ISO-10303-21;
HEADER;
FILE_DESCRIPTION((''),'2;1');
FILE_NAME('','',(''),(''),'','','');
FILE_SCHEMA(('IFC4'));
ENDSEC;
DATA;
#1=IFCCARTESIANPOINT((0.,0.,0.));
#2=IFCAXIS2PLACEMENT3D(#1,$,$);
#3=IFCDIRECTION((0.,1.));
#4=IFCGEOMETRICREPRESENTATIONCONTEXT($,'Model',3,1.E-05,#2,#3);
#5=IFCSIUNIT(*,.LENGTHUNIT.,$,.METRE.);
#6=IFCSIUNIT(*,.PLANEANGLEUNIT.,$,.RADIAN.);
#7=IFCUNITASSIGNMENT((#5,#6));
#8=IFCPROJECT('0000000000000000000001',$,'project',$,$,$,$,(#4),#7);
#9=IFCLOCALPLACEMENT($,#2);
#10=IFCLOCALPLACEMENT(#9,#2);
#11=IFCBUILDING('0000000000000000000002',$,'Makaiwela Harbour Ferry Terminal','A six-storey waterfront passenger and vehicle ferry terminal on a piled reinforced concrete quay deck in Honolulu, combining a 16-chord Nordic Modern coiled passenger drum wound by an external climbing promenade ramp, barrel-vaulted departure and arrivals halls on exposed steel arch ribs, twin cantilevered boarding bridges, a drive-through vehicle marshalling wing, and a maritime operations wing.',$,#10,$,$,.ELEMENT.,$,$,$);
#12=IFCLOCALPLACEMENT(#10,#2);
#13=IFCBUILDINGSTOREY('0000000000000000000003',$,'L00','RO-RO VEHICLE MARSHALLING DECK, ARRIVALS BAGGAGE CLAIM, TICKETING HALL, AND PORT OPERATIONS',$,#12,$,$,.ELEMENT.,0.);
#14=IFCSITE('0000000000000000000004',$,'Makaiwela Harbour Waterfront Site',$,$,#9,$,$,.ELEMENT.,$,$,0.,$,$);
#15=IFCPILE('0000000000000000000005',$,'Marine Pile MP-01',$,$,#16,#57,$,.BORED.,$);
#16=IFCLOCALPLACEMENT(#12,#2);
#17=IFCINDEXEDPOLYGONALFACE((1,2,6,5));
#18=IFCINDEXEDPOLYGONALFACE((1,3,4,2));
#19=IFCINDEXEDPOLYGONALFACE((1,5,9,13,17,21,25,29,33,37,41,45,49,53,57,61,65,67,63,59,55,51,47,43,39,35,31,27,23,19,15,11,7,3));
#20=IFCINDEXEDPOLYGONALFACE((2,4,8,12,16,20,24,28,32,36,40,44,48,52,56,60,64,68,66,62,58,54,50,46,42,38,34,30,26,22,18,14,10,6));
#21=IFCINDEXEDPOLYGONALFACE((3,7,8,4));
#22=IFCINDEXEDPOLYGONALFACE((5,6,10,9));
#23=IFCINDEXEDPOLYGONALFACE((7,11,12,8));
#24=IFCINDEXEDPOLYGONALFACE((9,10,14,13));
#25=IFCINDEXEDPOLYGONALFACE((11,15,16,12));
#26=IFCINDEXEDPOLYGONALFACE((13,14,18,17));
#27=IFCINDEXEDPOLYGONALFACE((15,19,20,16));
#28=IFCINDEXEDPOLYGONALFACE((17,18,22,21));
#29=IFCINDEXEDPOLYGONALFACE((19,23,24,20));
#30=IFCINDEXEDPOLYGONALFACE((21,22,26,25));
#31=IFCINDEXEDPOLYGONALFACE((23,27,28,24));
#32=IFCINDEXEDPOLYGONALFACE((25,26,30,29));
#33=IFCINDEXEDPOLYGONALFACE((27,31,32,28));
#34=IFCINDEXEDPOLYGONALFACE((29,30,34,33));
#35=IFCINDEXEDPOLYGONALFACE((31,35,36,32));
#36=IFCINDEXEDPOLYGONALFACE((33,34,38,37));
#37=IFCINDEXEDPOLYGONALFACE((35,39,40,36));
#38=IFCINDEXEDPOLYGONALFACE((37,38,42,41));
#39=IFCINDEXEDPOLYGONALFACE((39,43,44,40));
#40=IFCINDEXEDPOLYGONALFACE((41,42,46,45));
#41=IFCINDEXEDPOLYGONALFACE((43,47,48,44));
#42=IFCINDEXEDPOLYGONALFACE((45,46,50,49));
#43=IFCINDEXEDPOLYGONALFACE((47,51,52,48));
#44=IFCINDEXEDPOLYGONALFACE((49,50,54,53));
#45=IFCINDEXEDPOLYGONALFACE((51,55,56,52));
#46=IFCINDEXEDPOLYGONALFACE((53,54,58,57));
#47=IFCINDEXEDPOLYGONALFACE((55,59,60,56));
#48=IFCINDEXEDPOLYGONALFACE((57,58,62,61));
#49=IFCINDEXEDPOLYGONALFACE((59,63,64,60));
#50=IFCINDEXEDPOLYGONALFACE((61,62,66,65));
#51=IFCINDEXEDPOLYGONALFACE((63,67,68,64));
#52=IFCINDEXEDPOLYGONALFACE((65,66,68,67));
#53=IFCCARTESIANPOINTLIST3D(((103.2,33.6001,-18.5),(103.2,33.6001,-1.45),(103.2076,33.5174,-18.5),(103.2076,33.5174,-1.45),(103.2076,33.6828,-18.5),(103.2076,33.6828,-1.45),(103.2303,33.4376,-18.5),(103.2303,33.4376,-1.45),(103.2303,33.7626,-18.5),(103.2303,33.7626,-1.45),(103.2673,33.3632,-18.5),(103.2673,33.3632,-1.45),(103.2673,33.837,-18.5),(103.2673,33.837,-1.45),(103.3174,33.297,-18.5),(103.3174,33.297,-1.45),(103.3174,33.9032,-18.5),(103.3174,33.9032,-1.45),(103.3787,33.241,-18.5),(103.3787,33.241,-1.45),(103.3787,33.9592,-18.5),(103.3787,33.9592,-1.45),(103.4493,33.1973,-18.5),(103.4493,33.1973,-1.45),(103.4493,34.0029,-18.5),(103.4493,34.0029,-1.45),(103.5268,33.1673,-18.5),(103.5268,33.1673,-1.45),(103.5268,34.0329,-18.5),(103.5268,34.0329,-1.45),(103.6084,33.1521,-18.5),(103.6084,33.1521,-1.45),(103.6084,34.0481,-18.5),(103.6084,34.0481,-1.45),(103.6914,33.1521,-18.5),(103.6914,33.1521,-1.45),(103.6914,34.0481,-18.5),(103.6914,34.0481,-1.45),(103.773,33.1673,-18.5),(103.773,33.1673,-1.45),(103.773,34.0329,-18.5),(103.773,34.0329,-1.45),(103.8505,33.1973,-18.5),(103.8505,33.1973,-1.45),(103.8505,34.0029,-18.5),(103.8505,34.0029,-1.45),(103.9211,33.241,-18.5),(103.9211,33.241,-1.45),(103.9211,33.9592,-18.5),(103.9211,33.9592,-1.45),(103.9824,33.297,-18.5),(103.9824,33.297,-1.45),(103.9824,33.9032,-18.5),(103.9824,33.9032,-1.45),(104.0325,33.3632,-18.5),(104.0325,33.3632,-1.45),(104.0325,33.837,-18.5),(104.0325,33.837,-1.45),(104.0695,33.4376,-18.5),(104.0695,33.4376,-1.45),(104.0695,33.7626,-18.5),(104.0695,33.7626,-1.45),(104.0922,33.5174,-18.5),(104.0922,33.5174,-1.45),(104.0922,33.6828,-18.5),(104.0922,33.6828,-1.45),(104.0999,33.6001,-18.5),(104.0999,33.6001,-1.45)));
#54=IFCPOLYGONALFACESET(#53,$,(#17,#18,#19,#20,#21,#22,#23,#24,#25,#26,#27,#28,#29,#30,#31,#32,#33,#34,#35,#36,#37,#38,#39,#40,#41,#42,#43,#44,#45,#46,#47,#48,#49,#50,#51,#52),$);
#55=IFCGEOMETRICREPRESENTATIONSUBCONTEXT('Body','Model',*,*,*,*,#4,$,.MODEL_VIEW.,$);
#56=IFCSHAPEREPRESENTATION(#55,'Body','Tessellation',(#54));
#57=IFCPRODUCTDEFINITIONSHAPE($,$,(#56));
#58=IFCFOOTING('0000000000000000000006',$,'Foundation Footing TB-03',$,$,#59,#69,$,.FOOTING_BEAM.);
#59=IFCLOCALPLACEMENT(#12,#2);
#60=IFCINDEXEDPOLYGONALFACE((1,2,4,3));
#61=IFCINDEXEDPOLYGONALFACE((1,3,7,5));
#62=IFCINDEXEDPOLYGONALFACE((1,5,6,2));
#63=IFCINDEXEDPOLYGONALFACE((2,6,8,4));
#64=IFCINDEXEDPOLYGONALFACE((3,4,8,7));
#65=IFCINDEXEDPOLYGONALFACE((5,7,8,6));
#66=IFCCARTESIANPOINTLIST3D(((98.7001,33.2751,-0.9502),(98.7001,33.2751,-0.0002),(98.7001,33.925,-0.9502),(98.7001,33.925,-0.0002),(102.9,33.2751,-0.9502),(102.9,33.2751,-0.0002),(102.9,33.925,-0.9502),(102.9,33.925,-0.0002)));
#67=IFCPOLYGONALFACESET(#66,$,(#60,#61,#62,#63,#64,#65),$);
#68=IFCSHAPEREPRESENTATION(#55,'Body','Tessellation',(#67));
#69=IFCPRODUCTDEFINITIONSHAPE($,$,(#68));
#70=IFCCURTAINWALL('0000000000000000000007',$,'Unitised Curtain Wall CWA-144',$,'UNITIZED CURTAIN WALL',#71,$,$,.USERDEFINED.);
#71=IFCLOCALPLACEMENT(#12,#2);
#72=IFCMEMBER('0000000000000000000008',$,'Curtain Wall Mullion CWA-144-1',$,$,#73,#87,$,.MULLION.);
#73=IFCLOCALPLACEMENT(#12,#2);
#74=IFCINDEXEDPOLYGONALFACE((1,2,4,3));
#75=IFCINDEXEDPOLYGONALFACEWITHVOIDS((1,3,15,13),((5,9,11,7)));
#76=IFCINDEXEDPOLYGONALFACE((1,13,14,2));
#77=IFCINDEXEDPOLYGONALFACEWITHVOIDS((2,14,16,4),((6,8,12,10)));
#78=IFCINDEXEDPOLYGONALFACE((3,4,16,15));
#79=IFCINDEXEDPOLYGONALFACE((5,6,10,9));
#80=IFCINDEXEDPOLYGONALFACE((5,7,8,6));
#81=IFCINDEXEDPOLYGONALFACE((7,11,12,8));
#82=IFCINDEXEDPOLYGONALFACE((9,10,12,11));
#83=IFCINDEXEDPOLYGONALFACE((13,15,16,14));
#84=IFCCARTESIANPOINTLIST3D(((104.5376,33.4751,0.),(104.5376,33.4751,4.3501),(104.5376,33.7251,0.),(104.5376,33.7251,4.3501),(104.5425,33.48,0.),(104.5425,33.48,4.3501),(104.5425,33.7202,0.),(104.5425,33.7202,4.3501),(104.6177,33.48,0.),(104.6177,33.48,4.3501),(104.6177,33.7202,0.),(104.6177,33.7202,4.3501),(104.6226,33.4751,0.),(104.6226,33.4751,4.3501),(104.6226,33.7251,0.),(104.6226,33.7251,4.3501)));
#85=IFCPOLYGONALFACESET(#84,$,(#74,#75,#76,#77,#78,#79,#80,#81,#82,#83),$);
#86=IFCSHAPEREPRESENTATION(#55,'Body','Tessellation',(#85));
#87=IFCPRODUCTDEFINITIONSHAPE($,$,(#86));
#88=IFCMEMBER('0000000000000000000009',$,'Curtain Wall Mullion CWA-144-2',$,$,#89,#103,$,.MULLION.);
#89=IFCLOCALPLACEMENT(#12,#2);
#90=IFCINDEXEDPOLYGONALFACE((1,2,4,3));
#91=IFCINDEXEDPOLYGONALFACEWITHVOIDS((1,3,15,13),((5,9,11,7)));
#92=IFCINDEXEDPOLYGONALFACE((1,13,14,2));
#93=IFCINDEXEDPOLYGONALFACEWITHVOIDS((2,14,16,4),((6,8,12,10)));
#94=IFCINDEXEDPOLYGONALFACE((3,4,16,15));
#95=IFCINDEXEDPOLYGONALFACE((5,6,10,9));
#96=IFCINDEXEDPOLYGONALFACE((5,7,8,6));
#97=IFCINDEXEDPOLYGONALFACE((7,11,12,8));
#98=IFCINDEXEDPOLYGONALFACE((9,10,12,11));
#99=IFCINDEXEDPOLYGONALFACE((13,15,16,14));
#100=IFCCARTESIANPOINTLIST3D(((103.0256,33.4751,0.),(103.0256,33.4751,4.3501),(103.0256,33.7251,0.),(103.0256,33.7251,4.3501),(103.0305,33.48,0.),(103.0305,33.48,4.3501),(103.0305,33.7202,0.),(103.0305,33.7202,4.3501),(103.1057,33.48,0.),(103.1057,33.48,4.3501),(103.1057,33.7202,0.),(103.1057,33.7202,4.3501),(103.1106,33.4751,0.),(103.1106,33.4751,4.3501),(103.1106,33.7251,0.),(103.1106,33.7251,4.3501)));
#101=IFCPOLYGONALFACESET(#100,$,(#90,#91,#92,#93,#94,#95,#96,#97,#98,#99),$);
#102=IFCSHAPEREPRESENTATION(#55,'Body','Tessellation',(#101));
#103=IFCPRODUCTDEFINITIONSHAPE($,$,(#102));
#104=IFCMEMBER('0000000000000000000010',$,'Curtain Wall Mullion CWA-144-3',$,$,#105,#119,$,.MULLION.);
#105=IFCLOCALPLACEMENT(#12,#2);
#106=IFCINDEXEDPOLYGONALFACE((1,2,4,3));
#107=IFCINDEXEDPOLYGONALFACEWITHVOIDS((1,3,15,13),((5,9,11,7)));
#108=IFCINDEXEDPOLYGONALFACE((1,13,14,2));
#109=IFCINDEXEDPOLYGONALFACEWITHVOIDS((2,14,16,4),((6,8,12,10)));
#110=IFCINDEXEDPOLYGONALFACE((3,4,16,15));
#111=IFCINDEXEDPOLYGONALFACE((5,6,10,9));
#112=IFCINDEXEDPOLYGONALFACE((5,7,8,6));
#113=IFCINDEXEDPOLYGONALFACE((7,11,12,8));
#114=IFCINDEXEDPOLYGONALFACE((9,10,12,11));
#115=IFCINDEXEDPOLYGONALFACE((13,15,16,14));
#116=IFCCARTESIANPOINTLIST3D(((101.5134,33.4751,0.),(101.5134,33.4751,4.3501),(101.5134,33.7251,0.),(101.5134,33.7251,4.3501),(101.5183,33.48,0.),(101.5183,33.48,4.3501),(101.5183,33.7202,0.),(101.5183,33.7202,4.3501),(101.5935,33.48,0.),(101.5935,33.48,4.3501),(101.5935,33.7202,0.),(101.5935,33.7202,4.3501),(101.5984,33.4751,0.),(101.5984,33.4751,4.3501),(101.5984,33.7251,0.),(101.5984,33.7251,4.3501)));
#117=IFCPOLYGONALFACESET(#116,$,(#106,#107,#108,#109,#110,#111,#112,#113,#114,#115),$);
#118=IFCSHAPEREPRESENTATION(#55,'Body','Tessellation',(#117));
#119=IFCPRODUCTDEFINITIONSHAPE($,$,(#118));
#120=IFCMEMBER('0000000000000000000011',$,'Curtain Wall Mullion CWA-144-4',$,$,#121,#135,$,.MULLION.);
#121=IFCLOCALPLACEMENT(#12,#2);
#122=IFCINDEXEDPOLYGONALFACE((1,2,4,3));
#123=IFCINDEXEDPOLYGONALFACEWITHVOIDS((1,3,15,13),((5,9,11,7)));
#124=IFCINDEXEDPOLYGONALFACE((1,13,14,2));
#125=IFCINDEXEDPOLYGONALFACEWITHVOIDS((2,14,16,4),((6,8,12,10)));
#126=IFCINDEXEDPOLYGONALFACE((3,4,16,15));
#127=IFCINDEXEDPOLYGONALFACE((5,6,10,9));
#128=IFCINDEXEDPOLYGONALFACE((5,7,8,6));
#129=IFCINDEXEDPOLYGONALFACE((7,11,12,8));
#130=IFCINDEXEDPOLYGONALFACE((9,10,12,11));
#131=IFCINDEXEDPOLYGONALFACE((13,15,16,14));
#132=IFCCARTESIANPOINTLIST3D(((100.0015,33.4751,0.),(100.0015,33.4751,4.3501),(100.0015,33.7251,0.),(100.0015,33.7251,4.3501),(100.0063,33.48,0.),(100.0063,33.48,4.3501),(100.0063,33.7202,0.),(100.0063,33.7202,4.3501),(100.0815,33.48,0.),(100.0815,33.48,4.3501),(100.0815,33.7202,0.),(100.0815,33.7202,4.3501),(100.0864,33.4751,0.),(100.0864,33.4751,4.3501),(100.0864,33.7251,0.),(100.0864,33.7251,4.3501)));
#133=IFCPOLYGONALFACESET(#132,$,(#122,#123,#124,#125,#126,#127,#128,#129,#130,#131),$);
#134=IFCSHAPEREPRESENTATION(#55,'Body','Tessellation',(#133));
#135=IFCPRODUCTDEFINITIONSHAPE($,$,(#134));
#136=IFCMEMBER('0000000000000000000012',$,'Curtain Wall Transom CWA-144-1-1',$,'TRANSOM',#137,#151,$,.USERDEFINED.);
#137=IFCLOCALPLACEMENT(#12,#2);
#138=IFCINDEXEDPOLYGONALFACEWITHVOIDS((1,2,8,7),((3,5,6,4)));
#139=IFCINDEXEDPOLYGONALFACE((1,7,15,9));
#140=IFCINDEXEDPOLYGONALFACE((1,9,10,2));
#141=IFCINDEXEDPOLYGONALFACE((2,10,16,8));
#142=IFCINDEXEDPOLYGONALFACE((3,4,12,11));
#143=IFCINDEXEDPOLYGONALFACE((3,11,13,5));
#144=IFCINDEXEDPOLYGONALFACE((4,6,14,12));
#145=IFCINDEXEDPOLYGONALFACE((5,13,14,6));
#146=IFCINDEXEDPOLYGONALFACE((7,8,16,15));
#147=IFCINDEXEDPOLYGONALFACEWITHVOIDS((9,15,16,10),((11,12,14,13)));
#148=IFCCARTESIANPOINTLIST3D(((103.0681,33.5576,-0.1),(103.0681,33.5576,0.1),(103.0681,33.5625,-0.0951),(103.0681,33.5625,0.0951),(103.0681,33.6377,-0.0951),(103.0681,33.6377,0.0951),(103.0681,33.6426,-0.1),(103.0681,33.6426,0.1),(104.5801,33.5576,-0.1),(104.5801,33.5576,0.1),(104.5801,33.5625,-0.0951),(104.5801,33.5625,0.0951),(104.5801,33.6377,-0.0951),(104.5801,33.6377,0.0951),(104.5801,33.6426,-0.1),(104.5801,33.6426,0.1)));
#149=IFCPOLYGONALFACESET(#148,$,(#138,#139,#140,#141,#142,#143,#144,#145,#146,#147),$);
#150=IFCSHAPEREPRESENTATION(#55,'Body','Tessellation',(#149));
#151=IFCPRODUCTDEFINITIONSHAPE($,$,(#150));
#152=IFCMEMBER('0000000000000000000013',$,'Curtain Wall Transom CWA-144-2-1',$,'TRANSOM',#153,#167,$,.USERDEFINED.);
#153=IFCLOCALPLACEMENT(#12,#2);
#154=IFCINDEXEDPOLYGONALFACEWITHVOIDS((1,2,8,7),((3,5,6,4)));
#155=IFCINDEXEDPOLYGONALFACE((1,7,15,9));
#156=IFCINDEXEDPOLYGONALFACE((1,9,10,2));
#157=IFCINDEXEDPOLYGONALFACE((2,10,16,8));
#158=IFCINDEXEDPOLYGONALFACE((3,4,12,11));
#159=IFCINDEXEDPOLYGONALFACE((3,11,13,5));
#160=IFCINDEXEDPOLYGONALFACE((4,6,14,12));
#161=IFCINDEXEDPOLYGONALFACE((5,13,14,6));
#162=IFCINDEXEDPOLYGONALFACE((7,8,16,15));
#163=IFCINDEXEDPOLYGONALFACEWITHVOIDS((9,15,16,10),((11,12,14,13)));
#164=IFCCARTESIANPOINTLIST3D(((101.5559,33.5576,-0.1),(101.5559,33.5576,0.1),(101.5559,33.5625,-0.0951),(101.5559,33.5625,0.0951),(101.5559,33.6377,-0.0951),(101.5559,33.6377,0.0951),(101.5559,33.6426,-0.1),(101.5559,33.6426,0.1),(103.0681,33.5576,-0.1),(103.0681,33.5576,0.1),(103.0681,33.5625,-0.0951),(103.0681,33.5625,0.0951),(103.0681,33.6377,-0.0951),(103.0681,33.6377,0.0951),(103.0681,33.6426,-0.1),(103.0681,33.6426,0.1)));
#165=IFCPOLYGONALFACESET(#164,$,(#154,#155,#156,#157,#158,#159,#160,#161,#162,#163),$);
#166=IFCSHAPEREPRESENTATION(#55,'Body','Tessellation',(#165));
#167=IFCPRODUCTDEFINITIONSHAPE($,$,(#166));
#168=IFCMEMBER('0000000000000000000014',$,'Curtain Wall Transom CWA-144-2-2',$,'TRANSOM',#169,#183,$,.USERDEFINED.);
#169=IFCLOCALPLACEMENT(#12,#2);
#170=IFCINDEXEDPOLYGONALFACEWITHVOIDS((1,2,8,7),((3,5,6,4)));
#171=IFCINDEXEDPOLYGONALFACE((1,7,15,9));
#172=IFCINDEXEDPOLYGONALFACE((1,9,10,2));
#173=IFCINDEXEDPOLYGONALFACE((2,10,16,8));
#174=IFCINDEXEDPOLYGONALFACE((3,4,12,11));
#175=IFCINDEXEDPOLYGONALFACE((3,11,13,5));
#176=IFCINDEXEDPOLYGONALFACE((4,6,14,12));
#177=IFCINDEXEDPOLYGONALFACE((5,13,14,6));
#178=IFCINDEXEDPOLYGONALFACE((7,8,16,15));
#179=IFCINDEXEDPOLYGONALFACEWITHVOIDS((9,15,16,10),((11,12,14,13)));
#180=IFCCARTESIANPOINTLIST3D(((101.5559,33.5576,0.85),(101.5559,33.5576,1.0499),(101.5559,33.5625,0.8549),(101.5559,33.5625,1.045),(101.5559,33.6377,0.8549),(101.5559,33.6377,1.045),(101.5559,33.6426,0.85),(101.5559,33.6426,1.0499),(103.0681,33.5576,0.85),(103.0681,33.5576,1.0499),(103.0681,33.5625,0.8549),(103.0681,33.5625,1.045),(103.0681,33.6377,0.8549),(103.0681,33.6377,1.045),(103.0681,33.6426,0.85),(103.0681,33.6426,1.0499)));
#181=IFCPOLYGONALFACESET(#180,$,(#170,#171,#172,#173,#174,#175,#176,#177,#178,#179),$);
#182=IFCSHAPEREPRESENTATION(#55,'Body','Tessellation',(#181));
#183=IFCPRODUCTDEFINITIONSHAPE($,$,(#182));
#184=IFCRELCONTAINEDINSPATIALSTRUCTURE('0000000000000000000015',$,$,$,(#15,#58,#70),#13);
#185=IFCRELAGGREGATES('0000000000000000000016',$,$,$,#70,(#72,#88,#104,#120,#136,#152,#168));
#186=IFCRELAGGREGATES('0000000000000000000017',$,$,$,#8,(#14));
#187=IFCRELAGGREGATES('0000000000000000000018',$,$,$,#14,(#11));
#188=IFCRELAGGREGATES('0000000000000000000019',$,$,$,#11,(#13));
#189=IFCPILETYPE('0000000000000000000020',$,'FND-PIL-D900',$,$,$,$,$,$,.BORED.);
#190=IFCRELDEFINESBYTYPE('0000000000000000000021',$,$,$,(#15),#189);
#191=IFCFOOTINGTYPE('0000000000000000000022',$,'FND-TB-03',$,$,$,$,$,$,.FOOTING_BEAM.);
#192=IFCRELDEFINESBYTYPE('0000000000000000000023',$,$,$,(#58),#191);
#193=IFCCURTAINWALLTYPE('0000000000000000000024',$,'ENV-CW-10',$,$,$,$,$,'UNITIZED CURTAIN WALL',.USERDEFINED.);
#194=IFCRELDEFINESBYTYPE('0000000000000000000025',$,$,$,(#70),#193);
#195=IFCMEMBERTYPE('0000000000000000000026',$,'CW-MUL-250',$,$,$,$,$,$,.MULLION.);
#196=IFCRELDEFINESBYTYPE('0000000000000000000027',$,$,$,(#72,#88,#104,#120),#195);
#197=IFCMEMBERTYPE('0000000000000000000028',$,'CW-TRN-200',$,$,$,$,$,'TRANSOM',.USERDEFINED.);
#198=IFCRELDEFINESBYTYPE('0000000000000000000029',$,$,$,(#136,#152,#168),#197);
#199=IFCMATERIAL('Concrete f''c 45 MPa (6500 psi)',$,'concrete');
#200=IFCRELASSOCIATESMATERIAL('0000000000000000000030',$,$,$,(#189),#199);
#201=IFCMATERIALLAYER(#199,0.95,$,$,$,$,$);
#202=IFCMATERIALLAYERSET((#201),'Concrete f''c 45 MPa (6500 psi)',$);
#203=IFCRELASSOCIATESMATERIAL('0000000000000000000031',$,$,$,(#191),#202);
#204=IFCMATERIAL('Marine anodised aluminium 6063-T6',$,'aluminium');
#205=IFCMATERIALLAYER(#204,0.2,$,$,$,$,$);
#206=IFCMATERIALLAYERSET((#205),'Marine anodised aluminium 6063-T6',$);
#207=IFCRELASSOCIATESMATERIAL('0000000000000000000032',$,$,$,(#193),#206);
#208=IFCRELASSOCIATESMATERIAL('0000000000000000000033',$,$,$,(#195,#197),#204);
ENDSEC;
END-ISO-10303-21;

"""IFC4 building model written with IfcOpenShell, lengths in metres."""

from ifc_helpers import new_model, si_unit, direction, frame, origin, origin_2d, place, context, subcontext, project, spatial, rectangle, hollow_rectangle, circle, extrude, material, layer, layer_set, material_profile, profile_set, type_object, element, aggregate, save


model = new_model("IFC4")

# Units and contexts
model_context = context("Model", 3, precision=1e-05, world=origin(), true_north=direction((0.0, 1.0)))
body_context = subcontext(model_context, "Body", "Model", "MODEL_VIEW")
ifc_project = project(units=[si_unit("LENGTHUNIT", "METRE"), si_unit("PLANEANGLEUNIT", "RADIAN")], contexts=[model_context])

# Site, building, storey
site_placement = place(None, origin())
site = spatial("IfcSite", under=ifc_project, at=site_placement, Name="Makaiwela Harbour Waterfront Site", CompositionType="ELEMENT", RefElevation=0.0)
building_placement = place(site_placement, origin())
building = spatial("IfcBuilding", under=site, at=building_placement, Name="Makaiwela Harbour Ferry Terminal", Description="A six-storey waterfront passenger and vehicle ferry terminal on a piled reinforced concrete quay deck in Honolulu, combining a 16-chord Nordic Modern coiled passenger drum wound by an external climbing promenade ramp, barrel-vaulted departure and arrivals halls on exposed steel arch ribs, twin cantilevered boarding bridges, a drive-through vehicle marshalling wing, and a maritime operations wing.", CompositionType="ELEMENT")
storey_placement = place(building_placement, origin())
storey = spatial("IfcBuildingStorey", under=building, at=storey_placement, Name="L00", Description="RO-RO VEHICLE MARSHALLING DECK, ARRIVALS BAGGAGE CLAIM, TICKETING HALL, AND PORT OPERATIONS", CompositionType="ELEMENT", Elevation=0.0)

# Pile
ifc_material_1 = material(Name="Concrete f'c 45 MPa (6500 psi)", Category="concrete")
ifc_material_profile_1 = material_profile(ifc_material_1, circle(Radius=0.45, at=origin_2d()), Name="PILE-D900")
ifc_profile_set_1 = profile_set([ifc_material_profile_1], Name="Concrete f'c 45 MPa (6500 psi)")
pile_type = type_object("IfcPileType", Name="FND-PIL-D900", PredefinedType="BORED", material=ifc_profile_set_1)
pile_placement = place(storey_placement, frame((103.6499, 33.6001, -1.45), z_axis=(0.0, 0.0, -1.0), x_axis=(1.0, 0.0, 0.0)))
element("IfcPile", 1, at=pile_placement, inside=storey, type_object=pile_type, Name="Marine Pile MP-01", PredefinedType="BORED", context=body_context, shape_type="SweptSolid", body=[
    extrude(circle(Radius=0.45, at=origin_2d()), origin(), (0.0, 0.0, 1.0), 17.05),
])

# Footing
ifc_layer_1 = layer(ifc_material_1, 0.95)
ifc_layer_set_1 = layer_set([ifc_layer_1], Name="Concrete f'c 45 MPa (6500 psi)")
footing_type = type_object("IfcFootingType", Name="FND-TB-03", PredefinedType="FOOTING_BEAM", material=ifc_layer_set_1)
footing_placement = place(storey_placement, frame((100.8, 33.6001, -0.9502), z_axis=(0.0, 0.0, 1.0), x_axis=(1.0, 0.0, 0.0)))
element("IfcFooting", 2, at=footing_placement, inside=storey, type_object=footing_type, Name="Foundation Footing TB-03", PredefinedType="FOOTING_BEAM", context=body_context, shape_type="SweptSolid", body=[
    extrude(rectangle(XDim=4.2, YDim=0.6499, at=origin_2d()), origin(), (0.0, 0.0, 1.0), 0.95),
])

# Curtain wall, members
ifc_material_2 = material(Name="Marine anodised aluminium 6063-T6", Category="aluminium")
ifc_layer_2 = layer(ifc_material_2, 0.2)
ifc_layer_set_2 = layer_set([ifc_layer_2], Name="Marine anodised aluminium 6063-T6")
curtain_wall_type = type_object("IfcCurtainWallType", Name="ENV-CW-10", ElementType="UNITIZED CURTAIN WALL", PredefinedType="USERDEFINED", material=ifc_layer_set_2)
curtain_wall_placement = place(storey_placement, origin())
curtain_wall = element("IfcCurtainWall", 3, at=curtain_wall_placement, inside=storey, type_object=curtain_wall_type, Name="Unitised Curtain Wall CWA-144", ObjectType="UNITIZED CURTAIN WALL", PredefinedType="USERDEFINED")
ifc_material_profile_2 = material_profile(ifc_material_2, hollow_rectangle(XDim=0.085, YDim=0.25, WallThickness=0.0049, at=origin_2d()), Name="CWM-250X85")
ifc_profile_set_2 = profile_set([ifc_material_profile_2], Name="Marine anodised aluminium 6063-T6")
member_type_1 = type_object("IfcMemberType", Name="CW-MUL-250", PredefinedType="MULLION", material=ifc_profile_set_2)
member_1_placement = place(storey_placement, frame((104.5801, 33.6001, 0.0), z_axis=(0.0, 0.0, 1.0), x_axis=(1.0, 0.0, 0.0)))
member_1 = element("IfcMember", 4, at=member_1_placement, type_object=member_type_1, Name="Curtain Wall Mullion CWA-144-1", PredefinedType="MULLION", context=body_context, shape_type="SweptSolid", body=[
    extrude(hollow_rectangle(XDim=0.085, YDim=0.25, WallThickness=0.0049, at=origin_2d()), origin(), (0.0, 0.0, 1.0), 4.3501),
])
member_2_placement = place(storey_placement, frame((103.0681, 33.6001, 0.0), z_axis=(0.0, 0.0, 1.0), x_axis=(1.0, 0.0, 0.0)))
member_2 = element("IfcMember", 5, at=member_2_placement, type_object=member_type_1, Name="Curtain Wall Mullion CWA-144-2", PredefinedType="MULLION", context=body_context, shape_type="SweptSolid", body=[
    extrude(hollow_rectangle(XDim=0.085, YDim=0.25, WallThickness=0.0049, at=origin_2d()), origin(), (0.0, 0.0, 1.0), 4.3501),
])
member_3_placement = place(storey_placement, frame((101.5559, 33.6001, 0.0), z_axis=(0.0, 0.0, 1.0), x_axis=(1.0, 0.0, 0.0)))
member_3 = element("IfcMember", 6, at=member_3_placement, type_object=member_type_1, Name="Curtain Wall Mullion CWA-144-3", PredefinedType="MULLION", context=body_context, shape_type="SweptSolid", body=[
    extrude(hollow_rectangle(XDim=0.085, YDim=0.25, WallThickness=0.0049, at=origin_2d()), origin(), (0.0, 0.0, 1.0), 4.3501),
])
member_4_placement = place(storey_placement, frame((100.0439, 33.6001, 0.0), z_axis=(0.0, 0.0, 1.0), x_axis=(1.0, 0.0, 0.0)))
member_4 = element("IfcMember", 7, at=member_4_placement, type_object=member_type_1, Name="Curtain Wall Mullion CWA-144-4", PredefinedType="MULLION", context=body_context, shape_type="SweptSolid", body=[
    extrude(hollow_rectangle(XDim=0.085, YDim=0.25, WallThickness=0.0049, at=origin_2d()), origin(), (0.0, 0.0, 1.0), 4.3501),
])
ifc_material_profile_3 = material_profile(ifc_material_2, hollow_rectangle(XDim=0.085, YDim=0.2, WallThickness=0.0049, at=origin_2d()), Name="CWT-200X85")
ifc_profile_set_3 = profile_set([ifc_material_profile_3], Name="Marine anodised aluminium 6063-T6")
member_type_2 = type_object("IfcMemberType", Name="CW-TRN-200", ElementType="TRANSOM", PredefinedType="USERDEFINED", material=ifc_profile_set_3)
member_5_placement = place(storey_placement, frame((104.5801, 33.6001, 0.0), z_axis=(-1.0, 0.0, 0.0), x_axis=(0.0, -1.0, 0.0)))
member_5 = element("IfcMember", 8, at=member_5_placement, type_object=member_type_2, Name="Curtain Wall Transom CWA-144-1-1", ObjectType="TRANSOM", PredefinedType="USERDEFINED", context=body_context, shape_type="SweptSolid", body=[
    extrude(hollow_rectangle(XDim=0.085, YDim=0.2, WallThickness=0.0049, at=origin_2d()), origin(), (0.0, 0.0, 1.0), 1.512),
])
member_6_placement = place(storey_placement, frame((103.0681, 33.6001, 0.0), z_axis=(-1.0, 0.0, 0.0), x_axis=(0.0, -1.0, 0.0)))
member_6 = element("IfcMember", 9, at=member_6_placement, type_object=member_type_2, Name="Curtain Wall Transom CWA-144-2-1", ObjectType="TRANSOM", PredefinedType="USERDEFINED", context=body_context, shape_type="SweptSolid", body=[
    extrude(hollow_rectangle(XDim=0.085, YDim=0.2, WallThickness=0.0049, at=origin_2d()), origin(), (0.0, 0.0, 1.0), 1.5122),
])
member_7_placement = place(storey_placement, frame((103.0681, 33.6001, 0.95), z_axis=(-1.0, 0.0, 0.0), x_axis=(0.0, -1.0, 0.0)))
member_7 = element("IfcMember", 10, at=member_7_placement, type_object=member_type_2, Name="Curtain Wall Transom CWA-144-2-2", ObjectType="TRANSOM", PredefinedType="USERDEFINED", context=body_context, shape_type="SweptSolid", body=[
    extrude(hollow_rectangle(XDim=0.085, YDim=0.2, WallThickness=0.0049, at=origin_2d()), origin(), (0.0, 0.0, 1.0), 1.5122),
])
aggregate(curtain_wall, [member_1, member_2, member_3, member_4, member_5, member_6, member_7])

save(model, "model.ifc")
